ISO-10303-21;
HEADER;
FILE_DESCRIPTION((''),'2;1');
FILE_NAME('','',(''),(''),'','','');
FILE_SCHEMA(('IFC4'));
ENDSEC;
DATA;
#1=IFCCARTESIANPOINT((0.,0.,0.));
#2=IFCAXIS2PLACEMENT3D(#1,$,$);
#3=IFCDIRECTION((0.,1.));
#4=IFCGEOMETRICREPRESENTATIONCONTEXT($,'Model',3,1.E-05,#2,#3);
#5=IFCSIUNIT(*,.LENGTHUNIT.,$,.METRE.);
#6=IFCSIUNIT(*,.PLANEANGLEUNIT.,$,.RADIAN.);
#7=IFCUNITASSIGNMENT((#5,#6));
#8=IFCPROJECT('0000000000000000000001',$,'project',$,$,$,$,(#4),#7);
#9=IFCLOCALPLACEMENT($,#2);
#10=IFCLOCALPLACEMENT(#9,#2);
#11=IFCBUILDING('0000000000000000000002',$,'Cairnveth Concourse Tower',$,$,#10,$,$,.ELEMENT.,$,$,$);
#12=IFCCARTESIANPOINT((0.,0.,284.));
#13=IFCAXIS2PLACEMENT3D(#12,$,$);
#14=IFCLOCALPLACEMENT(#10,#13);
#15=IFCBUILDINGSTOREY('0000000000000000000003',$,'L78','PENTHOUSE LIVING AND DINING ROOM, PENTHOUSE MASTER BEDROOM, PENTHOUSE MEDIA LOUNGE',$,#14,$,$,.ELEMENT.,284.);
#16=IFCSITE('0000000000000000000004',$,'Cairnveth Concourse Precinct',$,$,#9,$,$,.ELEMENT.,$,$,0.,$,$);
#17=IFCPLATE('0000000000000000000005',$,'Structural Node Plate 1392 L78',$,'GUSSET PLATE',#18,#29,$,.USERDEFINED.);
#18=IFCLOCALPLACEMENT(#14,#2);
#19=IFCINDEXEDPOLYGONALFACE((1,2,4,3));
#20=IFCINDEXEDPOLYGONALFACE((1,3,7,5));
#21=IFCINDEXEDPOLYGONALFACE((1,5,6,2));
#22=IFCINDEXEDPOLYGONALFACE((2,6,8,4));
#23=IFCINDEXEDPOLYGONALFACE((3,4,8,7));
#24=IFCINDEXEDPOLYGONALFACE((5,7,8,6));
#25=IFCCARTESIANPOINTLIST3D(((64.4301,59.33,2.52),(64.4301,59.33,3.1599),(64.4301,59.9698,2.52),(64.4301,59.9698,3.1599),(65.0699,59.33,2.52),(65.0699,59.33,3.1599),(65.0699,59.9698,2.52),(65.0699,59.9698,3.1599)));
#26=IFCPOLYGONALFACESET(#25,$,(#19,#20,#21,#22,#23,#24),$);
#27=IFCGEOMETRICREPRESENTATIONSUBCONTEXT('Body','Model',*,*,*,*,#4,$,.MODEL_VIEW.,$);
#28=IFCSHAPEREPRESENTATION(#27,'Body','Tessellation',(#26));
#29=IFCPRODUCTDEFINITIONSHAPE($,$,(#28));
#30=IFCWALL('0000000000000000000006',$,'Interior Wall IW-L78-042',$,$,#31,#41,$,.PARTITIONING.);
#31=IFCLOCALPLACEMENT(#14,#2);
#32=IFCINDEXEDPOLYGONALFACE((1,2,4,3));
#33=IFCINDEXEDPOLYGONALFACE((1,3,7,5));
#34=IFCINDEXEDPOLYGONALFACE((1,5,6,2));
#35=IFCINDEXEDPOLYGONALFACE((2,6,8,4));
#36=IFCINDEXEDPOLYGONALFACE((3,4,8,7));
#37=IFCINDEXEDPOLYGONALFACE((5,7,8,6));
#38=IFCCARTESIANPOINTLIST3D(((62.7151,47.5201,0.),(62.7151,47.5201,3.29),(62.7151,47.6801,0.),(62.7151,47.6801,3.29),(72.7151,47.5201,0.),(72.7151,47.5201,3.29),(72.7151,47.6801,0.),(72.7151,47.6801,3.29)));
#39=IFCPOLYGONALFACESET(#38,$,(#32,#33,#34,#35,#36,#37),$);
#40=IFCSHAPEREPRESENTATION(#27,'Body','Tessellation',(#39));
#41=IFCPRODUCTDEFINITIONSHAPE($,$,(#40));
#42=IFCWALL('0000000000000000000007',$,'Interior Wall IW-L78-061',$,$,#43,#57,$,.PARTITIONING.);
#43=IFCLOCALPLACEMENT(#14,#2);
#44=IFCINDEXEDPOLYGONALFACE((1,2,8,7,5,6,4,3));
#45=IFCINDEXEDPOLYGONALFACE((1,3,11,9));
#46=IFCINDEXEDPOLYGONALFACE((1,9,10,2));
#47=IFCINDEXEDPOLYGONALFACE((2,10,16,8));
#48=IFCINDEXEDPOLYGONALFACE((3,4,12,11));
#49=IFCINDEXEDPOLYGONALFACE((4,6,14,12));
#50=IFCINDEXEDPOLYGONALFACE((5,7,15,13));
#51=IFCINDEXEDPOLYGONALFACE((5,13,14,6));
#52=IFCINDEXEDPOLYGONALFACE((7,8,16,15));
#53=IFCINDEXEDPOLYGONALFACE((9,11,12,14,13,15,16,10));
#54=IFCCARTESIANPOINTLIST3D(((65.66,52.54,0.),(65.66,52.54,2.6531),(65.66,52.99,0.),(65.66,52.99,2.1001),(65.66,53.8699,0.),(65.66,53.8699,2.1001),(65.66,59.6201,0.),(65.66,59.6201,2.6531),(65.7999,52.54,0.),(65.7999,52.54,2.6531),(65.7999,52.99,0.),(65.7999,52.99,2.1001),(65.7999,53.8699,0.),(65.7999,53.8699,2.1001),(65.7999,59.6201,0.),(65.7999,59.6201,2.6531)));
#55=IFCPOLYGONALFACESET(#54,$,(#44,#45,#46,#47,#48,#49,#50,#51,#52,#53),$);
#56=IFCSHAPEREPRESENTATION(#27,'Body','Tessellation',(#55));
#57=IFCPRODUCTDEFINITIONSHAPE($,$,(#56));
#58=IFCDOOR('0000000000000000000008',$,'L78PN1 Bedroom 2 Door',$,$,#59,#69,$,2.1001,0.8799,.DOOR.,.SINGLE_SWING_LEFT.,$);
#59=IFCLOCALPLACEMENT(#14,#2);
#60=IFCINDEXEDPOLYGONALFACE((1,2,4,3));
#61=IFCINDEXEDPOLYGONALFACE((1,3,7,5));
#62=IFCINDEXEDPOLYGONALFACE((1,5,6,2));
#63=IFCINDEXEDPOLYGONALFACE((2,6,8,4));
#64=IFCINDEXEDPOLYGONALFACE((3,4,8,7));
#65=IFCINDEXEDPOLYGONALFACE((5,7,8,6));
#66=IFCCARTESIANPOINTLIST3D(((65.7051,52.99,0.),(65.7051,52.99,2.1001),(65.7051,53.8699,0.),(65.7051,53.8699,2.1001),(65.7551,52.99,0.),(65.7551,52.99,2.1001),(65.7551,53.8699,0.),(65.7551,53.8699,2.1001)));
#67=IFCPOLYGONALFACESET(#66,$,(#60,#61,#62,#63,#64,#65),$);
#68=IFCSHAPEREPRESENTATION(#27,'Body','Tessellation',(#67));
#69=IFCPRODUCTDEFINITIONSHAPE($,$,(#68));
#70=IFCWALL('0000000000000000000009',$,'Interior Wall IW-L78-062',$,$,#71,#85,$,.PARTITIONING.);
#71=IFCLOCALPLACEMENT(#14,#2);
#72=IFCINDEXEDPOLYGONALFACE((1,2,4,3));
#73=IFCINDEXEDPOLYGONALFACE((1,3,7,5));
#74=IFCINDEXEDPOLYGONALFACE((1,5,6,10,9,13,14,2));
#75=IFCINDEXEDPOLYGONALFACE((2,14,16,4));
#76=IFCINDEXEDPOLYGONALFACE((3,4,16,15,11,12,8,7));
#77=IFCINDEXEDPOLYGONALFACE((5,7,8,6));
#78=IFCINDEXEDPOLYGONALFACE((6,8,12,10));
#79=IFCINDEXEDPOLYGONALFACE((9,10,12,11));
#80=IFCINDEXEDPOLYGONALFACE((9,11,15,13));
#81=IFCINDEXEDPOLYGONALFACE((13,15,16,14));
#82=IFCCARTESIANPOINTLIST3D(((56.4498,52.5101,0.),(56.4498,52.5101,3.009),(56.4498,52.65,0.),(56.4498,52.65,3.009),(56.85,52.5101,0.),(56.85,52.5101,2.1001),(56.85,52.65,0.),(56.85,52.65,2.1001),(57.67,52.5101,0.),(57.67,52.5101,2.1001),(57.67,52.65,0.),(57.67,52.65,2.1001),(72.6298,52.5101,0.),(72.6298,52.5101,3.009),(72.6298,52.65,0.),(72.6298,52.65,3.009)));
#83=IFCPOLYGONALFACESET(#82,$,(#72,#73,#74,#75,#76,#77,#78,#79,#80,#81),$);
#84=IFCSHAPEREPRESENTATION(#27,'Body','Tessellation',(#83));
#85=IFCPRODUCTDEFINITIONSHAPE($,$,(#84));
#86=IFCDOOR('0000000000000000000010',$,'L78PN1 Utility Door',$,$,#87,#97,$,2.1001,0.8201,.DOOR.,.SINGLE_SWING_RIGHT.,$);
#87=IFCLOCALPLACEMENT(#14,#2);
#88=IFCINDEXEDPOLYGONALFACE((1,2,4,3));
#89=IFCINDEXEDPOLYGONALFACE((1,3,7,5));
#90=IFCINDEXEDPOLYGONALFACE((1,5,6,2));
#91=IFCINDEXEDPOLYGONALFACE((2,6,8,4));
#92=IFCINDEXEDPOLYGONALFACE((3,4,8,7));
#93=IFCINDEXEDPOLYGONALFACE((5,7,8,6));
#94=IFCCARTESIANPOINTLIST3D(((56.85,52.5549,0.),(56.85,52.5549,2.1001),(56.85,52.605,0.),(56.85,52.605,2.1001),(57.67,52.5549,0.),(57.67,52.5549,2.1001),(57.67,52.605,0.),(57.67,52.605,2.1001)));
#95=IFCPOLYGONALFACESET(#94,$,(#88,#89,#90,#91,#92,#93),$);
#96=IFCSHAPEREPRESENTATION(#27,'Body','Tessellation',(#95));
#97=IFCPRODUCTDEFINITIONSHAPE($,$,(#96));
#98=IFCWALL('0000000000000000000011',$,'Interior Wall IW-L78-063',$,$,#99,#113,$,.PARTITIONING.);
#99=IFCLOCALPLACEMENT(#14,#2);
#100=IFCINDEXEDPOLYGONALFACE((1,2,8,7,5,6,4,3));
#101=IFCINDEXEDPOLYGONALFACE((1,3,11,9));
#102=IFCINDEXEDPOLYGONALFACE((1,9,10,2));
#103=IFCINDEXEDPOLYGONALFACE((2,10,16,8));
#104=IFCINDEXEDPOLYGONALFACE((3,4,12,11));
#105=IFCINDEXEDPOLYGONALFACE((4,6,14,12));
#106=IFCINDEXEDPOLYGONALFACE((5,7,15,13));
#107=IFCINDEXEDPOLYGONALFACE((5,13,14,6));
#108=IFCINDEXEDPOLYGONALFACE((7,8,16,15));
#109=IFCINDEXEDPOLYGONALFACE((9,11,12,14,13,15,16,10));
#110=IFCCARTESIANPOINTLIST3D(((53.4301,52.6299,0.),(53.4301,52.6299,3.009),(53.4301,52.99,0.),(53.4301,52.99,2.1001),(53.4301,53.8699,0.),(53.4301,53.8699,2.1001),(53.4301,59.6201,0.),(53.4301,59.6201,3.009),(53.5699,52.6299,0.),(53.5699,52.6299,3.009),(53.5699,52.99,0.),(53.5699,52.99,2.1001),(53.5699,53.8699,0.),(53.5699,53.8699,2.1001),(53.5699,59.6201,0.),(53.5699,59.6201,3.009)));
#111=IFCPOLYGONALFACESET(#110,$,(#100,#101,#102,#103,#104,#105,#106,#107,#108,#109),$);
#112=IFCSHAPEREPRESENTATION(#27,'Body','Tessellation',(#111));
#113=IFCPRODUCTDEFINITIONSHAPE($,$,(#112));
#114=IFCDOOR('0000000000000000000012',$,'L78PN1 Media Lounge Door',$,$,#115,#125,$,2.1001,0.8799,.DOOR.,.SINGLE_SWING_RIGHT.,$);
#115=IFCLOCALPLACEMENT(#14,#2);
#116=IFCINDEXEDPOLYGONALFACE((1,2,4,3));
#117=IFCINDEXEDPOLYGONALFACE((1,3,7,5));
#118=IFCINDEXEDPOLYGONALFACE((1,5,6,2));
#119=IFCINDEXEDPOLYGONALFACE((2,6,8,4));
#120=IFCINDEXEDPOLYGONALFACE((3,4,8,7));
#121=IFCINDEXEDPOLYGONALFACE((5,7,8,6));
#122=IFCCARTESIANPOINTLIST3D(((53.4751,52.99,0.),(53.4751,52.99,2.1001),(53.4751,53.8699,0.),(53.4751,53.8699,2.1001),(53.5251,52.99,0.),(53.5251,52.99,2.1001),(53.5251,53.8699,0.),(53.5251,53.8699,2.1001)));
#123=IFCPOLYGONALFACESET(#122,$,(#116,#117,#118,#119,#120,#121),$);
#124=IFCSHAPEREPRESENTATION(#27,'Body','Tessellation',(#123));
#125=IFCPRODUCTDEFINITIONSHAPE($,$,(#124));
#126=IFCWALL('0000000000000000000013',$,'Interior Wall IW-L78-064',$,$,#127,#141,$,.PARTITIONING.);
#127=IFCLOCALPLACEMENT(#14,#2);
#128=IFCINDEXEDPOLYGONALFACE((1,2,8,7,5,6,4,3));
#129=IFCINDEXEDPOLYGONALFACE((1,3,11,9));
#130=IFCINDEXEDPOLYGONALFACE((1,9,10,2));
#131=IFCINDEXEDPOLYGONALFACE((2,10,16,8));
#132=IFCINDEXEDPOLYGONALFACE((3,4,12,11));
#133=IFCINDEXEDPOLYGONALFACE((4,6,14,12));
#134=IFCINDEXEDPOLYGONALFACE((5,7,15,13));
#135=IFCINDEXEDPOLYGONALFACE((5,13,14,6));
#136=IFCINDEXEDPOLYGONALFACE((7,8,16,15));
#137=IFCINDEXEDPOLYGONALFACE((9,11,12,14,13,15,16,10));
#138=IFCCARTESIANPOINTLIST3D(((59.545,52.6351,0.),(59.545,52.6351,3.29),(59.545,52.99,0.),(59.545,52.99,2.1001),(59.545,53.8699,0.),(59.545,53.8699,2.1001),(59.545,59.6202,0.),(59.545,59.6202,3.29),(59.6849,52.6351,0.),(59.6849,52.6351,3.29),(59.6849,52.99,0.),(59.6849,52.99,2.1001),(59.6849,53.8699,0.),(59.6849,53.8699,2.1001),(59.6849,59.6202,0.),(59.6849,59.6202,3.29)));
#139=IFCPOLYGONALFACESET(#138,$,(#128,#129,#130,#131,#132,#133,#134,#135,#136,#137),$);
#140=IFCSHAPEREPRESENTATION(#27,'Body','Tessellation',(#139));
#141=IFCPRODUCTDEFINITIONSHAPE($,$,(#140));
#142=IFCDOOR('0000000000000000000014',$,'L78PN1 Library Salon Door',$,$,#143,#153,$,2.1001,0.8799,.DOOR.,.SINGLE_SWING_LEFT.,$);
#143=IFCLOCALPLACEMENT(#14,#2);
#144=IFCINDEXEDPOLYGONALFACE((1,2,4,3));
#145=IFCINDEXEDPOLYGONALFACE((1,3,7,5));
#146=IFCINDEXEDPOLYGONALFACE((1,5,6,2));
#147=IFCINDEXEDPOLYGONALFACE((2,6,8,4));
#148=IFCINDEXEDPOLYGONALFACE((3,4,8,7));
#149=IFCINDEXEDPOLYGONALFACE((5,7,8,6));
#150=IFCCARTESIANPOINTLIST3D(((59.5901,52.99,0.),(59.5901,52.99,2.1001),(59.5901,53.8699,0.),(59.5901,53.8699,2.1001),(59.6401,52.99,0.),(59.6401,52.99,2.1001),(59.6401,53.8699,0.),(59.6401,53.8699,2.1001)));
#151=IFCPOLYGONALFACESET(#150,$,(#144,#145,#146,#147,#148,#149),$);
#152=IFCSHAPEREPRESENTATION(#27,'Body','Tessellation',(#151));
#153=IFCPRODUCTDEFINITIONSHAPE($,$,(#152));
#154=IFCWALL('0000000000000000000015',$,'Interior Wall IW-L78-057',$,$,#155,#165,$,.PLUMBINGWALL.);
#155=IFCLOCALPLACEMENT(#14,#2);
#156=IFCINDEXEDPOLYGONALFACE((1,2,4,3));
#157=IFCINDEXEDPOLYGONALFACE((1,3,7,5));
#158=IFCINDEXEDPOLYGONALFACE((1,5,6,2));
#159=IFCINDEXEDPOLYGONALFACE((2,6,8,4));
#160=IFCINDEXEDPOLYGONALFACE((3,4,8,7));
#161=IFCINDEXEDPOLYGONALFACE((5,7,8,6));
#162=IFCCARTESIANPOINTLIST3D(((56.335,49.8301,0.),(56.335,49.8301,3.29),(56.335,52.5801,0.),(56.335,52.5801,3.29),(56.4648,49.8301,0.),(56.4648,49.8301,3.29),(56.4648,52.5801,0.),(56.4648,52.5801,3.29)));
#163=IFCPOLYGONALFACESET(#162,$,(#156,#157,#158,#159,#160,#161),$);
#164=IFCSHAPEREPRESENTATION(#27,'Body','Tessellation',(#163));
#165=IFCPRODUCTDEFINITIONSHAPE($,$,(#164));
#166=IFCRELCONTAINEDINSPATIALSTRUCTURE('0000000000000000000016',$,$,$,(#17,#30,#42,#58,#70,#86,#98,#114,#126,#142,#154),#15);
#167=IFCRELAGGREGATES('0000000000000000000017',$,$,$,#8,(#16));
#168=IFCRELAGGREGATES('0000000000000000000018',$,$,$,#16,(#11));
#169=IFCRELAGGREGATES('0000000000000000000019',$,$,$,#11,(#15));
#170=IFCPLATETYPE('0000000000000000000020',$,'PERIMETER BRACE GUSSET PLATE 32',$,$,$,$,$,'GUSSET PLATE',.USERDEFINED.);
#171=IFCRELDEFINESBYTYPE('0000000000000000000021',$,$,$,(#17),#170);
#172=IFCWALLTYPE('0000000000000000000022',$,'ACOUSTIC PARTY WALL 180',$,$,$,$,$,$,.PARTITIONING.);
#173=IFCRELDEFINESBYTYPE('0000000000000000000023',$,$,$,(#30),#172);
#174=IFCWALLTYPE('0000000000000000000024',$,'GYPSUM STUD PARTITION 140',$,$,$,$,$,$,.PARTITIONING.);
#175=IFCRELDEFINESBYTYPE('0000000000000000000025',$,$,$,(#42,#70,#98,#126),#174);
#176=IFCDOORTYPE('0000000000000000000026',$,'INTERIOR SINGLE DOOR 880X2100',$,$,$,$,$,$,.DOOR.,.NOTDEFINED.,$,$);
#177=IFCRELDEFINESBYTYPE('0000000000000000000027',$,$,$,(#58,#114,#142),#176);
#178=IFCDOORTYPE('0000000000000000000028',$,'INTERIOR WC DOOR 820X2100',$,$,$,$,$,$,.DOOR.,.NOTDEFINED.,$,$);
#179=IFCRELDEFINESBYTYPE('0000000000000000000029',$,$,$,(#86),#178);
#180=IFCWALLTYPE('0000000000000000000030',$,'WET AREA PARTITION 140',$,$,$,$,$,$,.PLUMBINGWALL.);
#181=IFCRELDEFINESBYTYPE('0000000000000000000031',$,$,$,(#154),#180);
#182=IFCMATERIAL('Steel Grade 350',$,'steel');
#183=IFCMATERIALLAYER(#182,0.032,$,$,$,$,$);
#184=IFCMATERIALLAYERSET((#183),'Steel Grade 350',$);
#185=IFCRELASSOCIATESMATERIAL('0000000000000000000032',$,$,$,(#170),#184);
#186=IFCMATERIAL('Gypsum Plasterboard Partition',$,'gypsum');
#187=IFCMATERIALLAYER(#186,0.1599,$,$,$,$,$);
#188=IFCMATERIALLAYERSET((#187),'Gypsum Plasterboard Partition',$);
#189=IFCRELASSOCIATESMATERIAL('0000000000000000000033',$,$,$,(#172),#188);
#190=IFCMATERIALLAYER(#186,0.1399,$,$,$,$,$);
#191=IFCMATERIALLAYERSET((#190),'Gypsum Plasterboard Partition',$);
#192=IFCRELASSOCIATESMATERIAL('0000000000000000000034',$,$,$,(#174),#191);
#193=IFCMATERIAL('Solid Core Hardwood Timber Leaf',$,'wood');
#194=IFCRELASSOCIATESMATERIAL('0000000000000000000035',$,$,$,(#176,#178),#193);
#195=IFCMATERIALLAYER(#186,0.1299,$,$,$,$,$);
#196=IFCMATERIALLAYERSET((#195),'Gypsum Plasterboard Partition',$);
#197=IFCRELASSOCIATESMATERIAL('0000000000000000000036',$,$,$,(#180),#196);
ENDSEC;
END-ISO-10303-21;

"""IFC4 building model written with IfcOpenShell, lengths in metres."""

from ifc_helpers import new_model, si_unit, direction, frame, frame_2d, origin, origin_2d, place, context, subcontext, project, spatial, rectangle, extrude, material, layer, layer_set, type_object, element, fill, save


model = new_model("IFC4")

# Units and contexts
model_context = context("Model", 3, precision=1e-05, world=origin(), true_north=direction((0.0, 1.0)))
body_context = subcontext(model_context, "Body", "Model", "MODEL_VIEW")
ifc_project = project(units=[si_unit("LENGTHUNIT", "METRE"), si_unit("PLANEANGLEUNIT", "RADIAN")], contexts=[model_context])

# Site, building, storey
site_placement = place(None, origin())
site = spatial("IfcSite", under=ifc_project, at=site_placement, Name="Cairnveth Concourse Precinct", CompositionType="ELEMENT", RefElevation=0.0)
building_placement = place(site_placement, origin())
building = spatial("IfcBuilding", under=site, at=building_placement, Name="Cairnveth Concourse Tower", CompositionType="ELEMENT")
storey_placement = place(building_placement, frame((0.0, 0.0, 284.0)))
storey = spatial("IfcBuildingStorey", under=building, at=storey_placement, Name="L78", Description="PENTHOUSE LIVING AND DINING ROOM, PENTHOUSE MASTER BEDROOM, PENTHOUSE MEDIA LOUNGE", CompositionType="ELEMENT", Elevation=284.0)

# Shared definitions
ifc_material_1 = material(Name="Steel Grade 350", Category="steel")

# Plate
ifc_layer_1 = layer(ifc_material_1, 0.032)
ifc_layer_set_1 = layer_set([ifc_layer_1], Name="Steel Grade 350")
plate_type = type_object("IfcPlateType", Name="PERIMETER BRACE GUSSET PLATE 32", ElementType="GUSSET PLATE", PredefinedType="USERDEFINED", material=ifc_layer_set_1)
plate_placement = place(storey_placement, frame((64.75, 59.6499, 2.52), z_axis=(0.0, 0.0, 1.0), x_axis=(1.0, 0.0, 0.0)))
element("IfcPlate", 1, at=plate_placement, inside=storey, type_object=plate_type, Name="Structural Node Plate 1392 L78", ObjectType="GUSSET PLATE", PredefinedType="USERDEFINED", context=body_context, shape_type="SweptSolid", body=[
    extrude(rectangle(XDim=0.6399, YDim=0.6399, at=origin_2d()), origin(), (0.0, 0.0, 1.0), 0.6399),
])

# Wall
ifc_material_2 = material(Name="Gypsum Plasterboard Partition", Category="gypsum")
ifc_layer_2 = layer(ifc_material_2, 0.1599)
ifc_layer_set_2 = layer_set([ifc_layer_2], Name="Gypsum Plasterboard Partition")
wall_type_1 = type_object("IfcWallType", Name="ACOUSTIC PARTY WALL 180", PredefinedType="PARTITIONING", material=ifc_layer_set_2)
wall_1_placement = place(storey_placement, frame((62.7151, 47.6001, 0.0), z_axis=(0.0, 0.0, 1.0), x_axis=(1.0, 0.0, 0.0)))
element("IfcWall", 2, at=wall_1_placement, inside=storey, type_object=wall_type_1, Name="Interior Wall IW-L78-042", PredefinedType="PARTITIONING", context=body_context, shape_type="SweptSolid", body=[
    extrude(rectangle(XDim=10.0, YDim=0.1599, at=frame_2d((5.0, 0.0))), origin(), (0.0, 0.0, 1.0), 3.29),
])

# Walls, openings, doors
ifc_layer_3 = layer(ifc_material_2, 0.1399)
ifc_layer_set_3 = layer_set([ifc_layer_3], Name="Gypsum Plasterboard Partition")
wall_type_2 = type_object("IfcWallType", Name="GYPSUM STUD PARTITION 140", PredefinedType="PARTITIONING", material=ifc_layer_set_3)
wall_2_placement = place(storey_placement, frame((65.73, 52.54, 0.0), z_axis=(0.0, 0.0, 1.0), x_axis=(0.0, 1.0, 0.0)))
wall_2 = element("IfcWall", 3, at=wall_2_placement, inside=storey, type_object=wall_type_2, Name="Interior Wall IW-L78-061", PredefinedType="PARTITIONING", context=body_context, shape_type="SweptSolid", body=[
    extrude(rectangle(XDim=7.0801, YDim=0.1399, at=frame_2d((3.54, 0.0))), origin(), (0.0, 0.0, 1.0), 2.6531),
])
opening_1_placement = place(wall_2_placement, frame((0.45, 0.0, 0.0)))
opening_1 = element("IfcOpeningElement", 4, at=opening_1_placement, cuts=wall_2, PredefinedType="OPENING", context=body_context, shape_type="SweptSolid", body=[
    extrude(rectangle(XDim=0.8799, YDim=2.1001, at=frame_2d((0.4399, 1.05))), frame((0.0, 0.0798, 0.0), z_axis=(0.0, -1.0, 0.0), x_axis=(1.0, 0.0, 0.0)), (0.0, 0.0, 1.0), 0.1599),
])
ifc_material_3 = material(Name="Solid Core Hardwood Timber Leaf", Category="wood")
door_type_1 = type_object("IfcDoorType", Name="INTERIOR SINGLE DOOR 880X2100", OperationType="NOTDEFINED", PredefinedType="DOOR", material=ifc_material_3)
door_1_placement = place(opening_1_placement, origin())
door_1 = element("IfcDoor", 5, at=door_1_placement, inside=storey, type_object=door_type_1, Name="L78PN1 Bedroom 2 Door", OperationType="SINGLE_SWING_LEFT", OverallHeight=2.1001, OverallWidth=0.8799, PredefinedType="DOOR", context=body_context, shape_type="SweptSolid", body=[
    extrude(rectangle(XDim=0.8799, YDim=2.1001, at=frame_2d((0.4399, 1.05))), frame((0.0, 0.0249, 0.0), z_axis=(0.0, -1.0, 0.0), x_axis=(1.0, 0.0, 0.0)), (0.0, 0.0, 1.0), 0.05),
])
fill(opening_1, door_1)
wall_3_placement = place(storey_placement, frame((56.45, 52.5801, 0.0), z_axis=(0.0, 0.0, 1.0), x_axis=(1.0, 0.0, 0.0)))
wall_3 = element("IfcWall", 6, at=wall_3_placement, inside=storey, type_object=wall_type_2, Name="Interior Wall IW-L78-062", PredefinedType="PARTITIONING", context=body_context, shape_type="SweptSolid", body=[
    extrude(rectangle(XDim=16.1799, YDim=0.1399, at=frame_2d((8.0898, 0.0))), origin(), (0.0, 0.0, 1.0), 3.009),
])
opening_2_placement = place(wall_3_placement, frame((0.3999, 0.0, 0.0)))
opening_2 = element("IfcOpeningElement", 7, at=opening_2_placement, cuts=wall_3, PredefinedType="OPENING", context=body_context, shape_type="SweptSolid", body=[
    extrude(rectangle(XDim=0.8201, YDim=2.1001, at=frame_2d((0.4102, 1.05))), frame((0.0, 0.0798, 0.0), z_axis=(0.0, -1.0, 0.0), x_axis=(1.0, 0.0, 0.0)), (0.0, 0.0, 1.0), 0.1599),
])
door_type_2 = type_object("IfcDoorType", Name="INTERIOR WC DOOR 820X2100", OperationType="NOTDEFINED", PredefinedType="DOOR", material=ifc_material_3)
door_2_placement = place(opening_2_placement, origin())
door_2 = element("IfcDoor", 8, at=door_2_placement, inside=storey, type_object=door_type_2, Name="L78PN1 Utility Door", OperationType="SINGLE_SWING_RIGHT", OverallHeight=2.1001, OverallWidth=0.8201, PredefinedType="DOOR", context=body_context, shape_type="SweptSolid", body=[
    extrude(rectangle(XDim=0.8201, YDim=2.1001, at=frame_2d((0.4102, 1.05))), frame((0.0, 0.0249, 0.0), z_axis=(0.0, -1.0, 0.0), x_axis=(1.0, 0.0, 0.0)), (0.0, 0.0, 1.0), 0.05),
])
fill(opening_2, door_2)
wall_4_placement = place(storey_placement, frame((53.5, 52.6299, 0.0), z_axis=(0.0, 0.0, 1.0), x_axis=(0.0, 1.0, 0.0)))
wall_4 = element("IfcWall", 9, at=wall_4_placement, inside=storey, type_object=wall_type_2, Name="Interior Wall IW-L78-063", PredefinedType="PARTITIONING", context=body_context, shape_type="SweptSolid", body=[
    extrude(rectangle(XDim=6.9902, YDim=0.1399, at=frame_2d((3.4951, 0.0))), origin(), (0.0, 0.0, 1.0), 3.009),
])
opening_3_placement = place(wall_4_placement, frame((0.3601, 0.0, 0.0)))
opening_3 = element("IfcOpeningElement", 10, at=opening_3_placement, cuts=wall_4, PredefinedType="OPENING", context=body_context, shape_type="SweptSolid", body=[
    extrude(rectangle(XDim=0.8799, YDim=2.1001, at=frame_2d((0.4399, 1.05))), frame((0.0, 0.0798, 0.0), z_axis=(0.0, -1.0, 0.0), x_axis=(1.0, 0.0, 0.0)), (0.0, 0.0, 1.0), 0.1599),
])
door_3_placement = place(opening_3_placement, origin())
door_3 = element("IfcDoor", 11, at=door_3_placement, inside=storey, type_object=door_type_1, Name="L78PN1 Media Lounge Door", OperationType="SINGLE_SWING_RIGHT", OverallHeight=2.1001, OverallWidth=0.8799, PredefinedType="DOOR", context=body_context, shape_type="SweptSolid", body=[
    extrude(rectangle(XDim=0.8799, YDim=2.1001, at=frame_2d((0.4399, 1.05))), frame((0.0, 0.0249, 0.0), z_axis=(0.0, -1.0, 0.0), x_axis=(1.0, 0.0, 0.0)), (0.0, 0.0, 1.0), 0.05),
])
fill(opening_3, door_3)
wall_5_placement = place(storey_placement, frame((59.615, 52.635, 0.0), z_axis=(0.0, 0.0, 1.0), x_axis=(0.0, 1.0, 0.0)))
wall_5 = element("IfcWall", 12, at=wall_5_placement, inside=storey, type_object=wall_type_2, Name="Interior Wall IW-L78-064", PredefinedType="PARTITIONING", context=body_context, shape_type="SweptSolid", body=[
    extrude(rectangle(XDim=6.9851, YDim=0.1399, at=frame_2d((3.4927, 0.0))), origin(), (0.0, 0.0, 1.0), 3.29),
])
opening_4_placement = place(wall_5_placement, frame((0.355, 0.0, 0.0)))
opening_4 = element("IfcOpeningElement", 13, at=opening_4_placement, cuts=wall_5, PredefinedType="OPENING", context=body_context, shape_type="SweptSolid", body=[
    extrude(rectangle(XDim=0.8799, YDim=2.1001, at=frame_2d((0.4399, 1.05))), frame((0.0, 0.0798, 0.0), z_axis=(0.0, -1.0, 0.0), x_axis=(1.0, 0.0, 0.0)), (0.0, 0.0, 1.0), 0.1599),
])
door_4_placement = place(opening_4_placement, origin())
door_4 = element("IfcDoor", 14, at=door_4_placement, inside=storey, type_object=door_type_1, Name="L78PN1 Library Salon Door", OperationType="SINGLE_SWING_LEFT", OverallHeight=2.1001, OverallWidth=0.8799, PredefinedType="DOOR", context=body_context, shape_type="SweptSolid", body=[
    extrude(rectangle(XDim=0.8799, YDim=2.1001, at=frame_2d((0.4399, 1.05))), frame((0.0, 0.0249, 0.0), z_axis=(0.0, -1.0, 0.0), x_axis=(1.0, 0.0, 0.0)), (0.0, 0.0, 1.0), 0.05),
])
fill(opening_4, door_4)

# Wall
ifc_layer_4 = layer(ifc_material_2, 0.1299)
ifc_layer_set_4 = layer_set([ifc_layer_4], Name="Gypsum Plasterboard Partition")
wall_type_3 = type_object("IfcWallType", Name="WET AREA PARTITION 140", PredefinedType="PLUMBINGWALL", material=ifc_layer_set_4)
wall_6_placement = place(storey_placement, frame((56.3999, 49.8301, 0.0), z_axis=(0.0, 0.0, 1.0), x_axis=(0.0, 1.0, 0.0)))
element("IfcWall", 15, at=wall_6_placement, inside=storey, type_object=wall_type_3, Name="Interior Wall IW-L78-057", PredefinedType="PLUMBINGWALL", context=body_context, shape_type="SweptSolid", body=[
    extrude(rectangle(XDim=2.75, YDim=0.1299, at=frame_2d((1.375, 0.0))), origin(), (0.0, 0.0, 1.0), 3.29),
])

save(model, "model.ifc")
